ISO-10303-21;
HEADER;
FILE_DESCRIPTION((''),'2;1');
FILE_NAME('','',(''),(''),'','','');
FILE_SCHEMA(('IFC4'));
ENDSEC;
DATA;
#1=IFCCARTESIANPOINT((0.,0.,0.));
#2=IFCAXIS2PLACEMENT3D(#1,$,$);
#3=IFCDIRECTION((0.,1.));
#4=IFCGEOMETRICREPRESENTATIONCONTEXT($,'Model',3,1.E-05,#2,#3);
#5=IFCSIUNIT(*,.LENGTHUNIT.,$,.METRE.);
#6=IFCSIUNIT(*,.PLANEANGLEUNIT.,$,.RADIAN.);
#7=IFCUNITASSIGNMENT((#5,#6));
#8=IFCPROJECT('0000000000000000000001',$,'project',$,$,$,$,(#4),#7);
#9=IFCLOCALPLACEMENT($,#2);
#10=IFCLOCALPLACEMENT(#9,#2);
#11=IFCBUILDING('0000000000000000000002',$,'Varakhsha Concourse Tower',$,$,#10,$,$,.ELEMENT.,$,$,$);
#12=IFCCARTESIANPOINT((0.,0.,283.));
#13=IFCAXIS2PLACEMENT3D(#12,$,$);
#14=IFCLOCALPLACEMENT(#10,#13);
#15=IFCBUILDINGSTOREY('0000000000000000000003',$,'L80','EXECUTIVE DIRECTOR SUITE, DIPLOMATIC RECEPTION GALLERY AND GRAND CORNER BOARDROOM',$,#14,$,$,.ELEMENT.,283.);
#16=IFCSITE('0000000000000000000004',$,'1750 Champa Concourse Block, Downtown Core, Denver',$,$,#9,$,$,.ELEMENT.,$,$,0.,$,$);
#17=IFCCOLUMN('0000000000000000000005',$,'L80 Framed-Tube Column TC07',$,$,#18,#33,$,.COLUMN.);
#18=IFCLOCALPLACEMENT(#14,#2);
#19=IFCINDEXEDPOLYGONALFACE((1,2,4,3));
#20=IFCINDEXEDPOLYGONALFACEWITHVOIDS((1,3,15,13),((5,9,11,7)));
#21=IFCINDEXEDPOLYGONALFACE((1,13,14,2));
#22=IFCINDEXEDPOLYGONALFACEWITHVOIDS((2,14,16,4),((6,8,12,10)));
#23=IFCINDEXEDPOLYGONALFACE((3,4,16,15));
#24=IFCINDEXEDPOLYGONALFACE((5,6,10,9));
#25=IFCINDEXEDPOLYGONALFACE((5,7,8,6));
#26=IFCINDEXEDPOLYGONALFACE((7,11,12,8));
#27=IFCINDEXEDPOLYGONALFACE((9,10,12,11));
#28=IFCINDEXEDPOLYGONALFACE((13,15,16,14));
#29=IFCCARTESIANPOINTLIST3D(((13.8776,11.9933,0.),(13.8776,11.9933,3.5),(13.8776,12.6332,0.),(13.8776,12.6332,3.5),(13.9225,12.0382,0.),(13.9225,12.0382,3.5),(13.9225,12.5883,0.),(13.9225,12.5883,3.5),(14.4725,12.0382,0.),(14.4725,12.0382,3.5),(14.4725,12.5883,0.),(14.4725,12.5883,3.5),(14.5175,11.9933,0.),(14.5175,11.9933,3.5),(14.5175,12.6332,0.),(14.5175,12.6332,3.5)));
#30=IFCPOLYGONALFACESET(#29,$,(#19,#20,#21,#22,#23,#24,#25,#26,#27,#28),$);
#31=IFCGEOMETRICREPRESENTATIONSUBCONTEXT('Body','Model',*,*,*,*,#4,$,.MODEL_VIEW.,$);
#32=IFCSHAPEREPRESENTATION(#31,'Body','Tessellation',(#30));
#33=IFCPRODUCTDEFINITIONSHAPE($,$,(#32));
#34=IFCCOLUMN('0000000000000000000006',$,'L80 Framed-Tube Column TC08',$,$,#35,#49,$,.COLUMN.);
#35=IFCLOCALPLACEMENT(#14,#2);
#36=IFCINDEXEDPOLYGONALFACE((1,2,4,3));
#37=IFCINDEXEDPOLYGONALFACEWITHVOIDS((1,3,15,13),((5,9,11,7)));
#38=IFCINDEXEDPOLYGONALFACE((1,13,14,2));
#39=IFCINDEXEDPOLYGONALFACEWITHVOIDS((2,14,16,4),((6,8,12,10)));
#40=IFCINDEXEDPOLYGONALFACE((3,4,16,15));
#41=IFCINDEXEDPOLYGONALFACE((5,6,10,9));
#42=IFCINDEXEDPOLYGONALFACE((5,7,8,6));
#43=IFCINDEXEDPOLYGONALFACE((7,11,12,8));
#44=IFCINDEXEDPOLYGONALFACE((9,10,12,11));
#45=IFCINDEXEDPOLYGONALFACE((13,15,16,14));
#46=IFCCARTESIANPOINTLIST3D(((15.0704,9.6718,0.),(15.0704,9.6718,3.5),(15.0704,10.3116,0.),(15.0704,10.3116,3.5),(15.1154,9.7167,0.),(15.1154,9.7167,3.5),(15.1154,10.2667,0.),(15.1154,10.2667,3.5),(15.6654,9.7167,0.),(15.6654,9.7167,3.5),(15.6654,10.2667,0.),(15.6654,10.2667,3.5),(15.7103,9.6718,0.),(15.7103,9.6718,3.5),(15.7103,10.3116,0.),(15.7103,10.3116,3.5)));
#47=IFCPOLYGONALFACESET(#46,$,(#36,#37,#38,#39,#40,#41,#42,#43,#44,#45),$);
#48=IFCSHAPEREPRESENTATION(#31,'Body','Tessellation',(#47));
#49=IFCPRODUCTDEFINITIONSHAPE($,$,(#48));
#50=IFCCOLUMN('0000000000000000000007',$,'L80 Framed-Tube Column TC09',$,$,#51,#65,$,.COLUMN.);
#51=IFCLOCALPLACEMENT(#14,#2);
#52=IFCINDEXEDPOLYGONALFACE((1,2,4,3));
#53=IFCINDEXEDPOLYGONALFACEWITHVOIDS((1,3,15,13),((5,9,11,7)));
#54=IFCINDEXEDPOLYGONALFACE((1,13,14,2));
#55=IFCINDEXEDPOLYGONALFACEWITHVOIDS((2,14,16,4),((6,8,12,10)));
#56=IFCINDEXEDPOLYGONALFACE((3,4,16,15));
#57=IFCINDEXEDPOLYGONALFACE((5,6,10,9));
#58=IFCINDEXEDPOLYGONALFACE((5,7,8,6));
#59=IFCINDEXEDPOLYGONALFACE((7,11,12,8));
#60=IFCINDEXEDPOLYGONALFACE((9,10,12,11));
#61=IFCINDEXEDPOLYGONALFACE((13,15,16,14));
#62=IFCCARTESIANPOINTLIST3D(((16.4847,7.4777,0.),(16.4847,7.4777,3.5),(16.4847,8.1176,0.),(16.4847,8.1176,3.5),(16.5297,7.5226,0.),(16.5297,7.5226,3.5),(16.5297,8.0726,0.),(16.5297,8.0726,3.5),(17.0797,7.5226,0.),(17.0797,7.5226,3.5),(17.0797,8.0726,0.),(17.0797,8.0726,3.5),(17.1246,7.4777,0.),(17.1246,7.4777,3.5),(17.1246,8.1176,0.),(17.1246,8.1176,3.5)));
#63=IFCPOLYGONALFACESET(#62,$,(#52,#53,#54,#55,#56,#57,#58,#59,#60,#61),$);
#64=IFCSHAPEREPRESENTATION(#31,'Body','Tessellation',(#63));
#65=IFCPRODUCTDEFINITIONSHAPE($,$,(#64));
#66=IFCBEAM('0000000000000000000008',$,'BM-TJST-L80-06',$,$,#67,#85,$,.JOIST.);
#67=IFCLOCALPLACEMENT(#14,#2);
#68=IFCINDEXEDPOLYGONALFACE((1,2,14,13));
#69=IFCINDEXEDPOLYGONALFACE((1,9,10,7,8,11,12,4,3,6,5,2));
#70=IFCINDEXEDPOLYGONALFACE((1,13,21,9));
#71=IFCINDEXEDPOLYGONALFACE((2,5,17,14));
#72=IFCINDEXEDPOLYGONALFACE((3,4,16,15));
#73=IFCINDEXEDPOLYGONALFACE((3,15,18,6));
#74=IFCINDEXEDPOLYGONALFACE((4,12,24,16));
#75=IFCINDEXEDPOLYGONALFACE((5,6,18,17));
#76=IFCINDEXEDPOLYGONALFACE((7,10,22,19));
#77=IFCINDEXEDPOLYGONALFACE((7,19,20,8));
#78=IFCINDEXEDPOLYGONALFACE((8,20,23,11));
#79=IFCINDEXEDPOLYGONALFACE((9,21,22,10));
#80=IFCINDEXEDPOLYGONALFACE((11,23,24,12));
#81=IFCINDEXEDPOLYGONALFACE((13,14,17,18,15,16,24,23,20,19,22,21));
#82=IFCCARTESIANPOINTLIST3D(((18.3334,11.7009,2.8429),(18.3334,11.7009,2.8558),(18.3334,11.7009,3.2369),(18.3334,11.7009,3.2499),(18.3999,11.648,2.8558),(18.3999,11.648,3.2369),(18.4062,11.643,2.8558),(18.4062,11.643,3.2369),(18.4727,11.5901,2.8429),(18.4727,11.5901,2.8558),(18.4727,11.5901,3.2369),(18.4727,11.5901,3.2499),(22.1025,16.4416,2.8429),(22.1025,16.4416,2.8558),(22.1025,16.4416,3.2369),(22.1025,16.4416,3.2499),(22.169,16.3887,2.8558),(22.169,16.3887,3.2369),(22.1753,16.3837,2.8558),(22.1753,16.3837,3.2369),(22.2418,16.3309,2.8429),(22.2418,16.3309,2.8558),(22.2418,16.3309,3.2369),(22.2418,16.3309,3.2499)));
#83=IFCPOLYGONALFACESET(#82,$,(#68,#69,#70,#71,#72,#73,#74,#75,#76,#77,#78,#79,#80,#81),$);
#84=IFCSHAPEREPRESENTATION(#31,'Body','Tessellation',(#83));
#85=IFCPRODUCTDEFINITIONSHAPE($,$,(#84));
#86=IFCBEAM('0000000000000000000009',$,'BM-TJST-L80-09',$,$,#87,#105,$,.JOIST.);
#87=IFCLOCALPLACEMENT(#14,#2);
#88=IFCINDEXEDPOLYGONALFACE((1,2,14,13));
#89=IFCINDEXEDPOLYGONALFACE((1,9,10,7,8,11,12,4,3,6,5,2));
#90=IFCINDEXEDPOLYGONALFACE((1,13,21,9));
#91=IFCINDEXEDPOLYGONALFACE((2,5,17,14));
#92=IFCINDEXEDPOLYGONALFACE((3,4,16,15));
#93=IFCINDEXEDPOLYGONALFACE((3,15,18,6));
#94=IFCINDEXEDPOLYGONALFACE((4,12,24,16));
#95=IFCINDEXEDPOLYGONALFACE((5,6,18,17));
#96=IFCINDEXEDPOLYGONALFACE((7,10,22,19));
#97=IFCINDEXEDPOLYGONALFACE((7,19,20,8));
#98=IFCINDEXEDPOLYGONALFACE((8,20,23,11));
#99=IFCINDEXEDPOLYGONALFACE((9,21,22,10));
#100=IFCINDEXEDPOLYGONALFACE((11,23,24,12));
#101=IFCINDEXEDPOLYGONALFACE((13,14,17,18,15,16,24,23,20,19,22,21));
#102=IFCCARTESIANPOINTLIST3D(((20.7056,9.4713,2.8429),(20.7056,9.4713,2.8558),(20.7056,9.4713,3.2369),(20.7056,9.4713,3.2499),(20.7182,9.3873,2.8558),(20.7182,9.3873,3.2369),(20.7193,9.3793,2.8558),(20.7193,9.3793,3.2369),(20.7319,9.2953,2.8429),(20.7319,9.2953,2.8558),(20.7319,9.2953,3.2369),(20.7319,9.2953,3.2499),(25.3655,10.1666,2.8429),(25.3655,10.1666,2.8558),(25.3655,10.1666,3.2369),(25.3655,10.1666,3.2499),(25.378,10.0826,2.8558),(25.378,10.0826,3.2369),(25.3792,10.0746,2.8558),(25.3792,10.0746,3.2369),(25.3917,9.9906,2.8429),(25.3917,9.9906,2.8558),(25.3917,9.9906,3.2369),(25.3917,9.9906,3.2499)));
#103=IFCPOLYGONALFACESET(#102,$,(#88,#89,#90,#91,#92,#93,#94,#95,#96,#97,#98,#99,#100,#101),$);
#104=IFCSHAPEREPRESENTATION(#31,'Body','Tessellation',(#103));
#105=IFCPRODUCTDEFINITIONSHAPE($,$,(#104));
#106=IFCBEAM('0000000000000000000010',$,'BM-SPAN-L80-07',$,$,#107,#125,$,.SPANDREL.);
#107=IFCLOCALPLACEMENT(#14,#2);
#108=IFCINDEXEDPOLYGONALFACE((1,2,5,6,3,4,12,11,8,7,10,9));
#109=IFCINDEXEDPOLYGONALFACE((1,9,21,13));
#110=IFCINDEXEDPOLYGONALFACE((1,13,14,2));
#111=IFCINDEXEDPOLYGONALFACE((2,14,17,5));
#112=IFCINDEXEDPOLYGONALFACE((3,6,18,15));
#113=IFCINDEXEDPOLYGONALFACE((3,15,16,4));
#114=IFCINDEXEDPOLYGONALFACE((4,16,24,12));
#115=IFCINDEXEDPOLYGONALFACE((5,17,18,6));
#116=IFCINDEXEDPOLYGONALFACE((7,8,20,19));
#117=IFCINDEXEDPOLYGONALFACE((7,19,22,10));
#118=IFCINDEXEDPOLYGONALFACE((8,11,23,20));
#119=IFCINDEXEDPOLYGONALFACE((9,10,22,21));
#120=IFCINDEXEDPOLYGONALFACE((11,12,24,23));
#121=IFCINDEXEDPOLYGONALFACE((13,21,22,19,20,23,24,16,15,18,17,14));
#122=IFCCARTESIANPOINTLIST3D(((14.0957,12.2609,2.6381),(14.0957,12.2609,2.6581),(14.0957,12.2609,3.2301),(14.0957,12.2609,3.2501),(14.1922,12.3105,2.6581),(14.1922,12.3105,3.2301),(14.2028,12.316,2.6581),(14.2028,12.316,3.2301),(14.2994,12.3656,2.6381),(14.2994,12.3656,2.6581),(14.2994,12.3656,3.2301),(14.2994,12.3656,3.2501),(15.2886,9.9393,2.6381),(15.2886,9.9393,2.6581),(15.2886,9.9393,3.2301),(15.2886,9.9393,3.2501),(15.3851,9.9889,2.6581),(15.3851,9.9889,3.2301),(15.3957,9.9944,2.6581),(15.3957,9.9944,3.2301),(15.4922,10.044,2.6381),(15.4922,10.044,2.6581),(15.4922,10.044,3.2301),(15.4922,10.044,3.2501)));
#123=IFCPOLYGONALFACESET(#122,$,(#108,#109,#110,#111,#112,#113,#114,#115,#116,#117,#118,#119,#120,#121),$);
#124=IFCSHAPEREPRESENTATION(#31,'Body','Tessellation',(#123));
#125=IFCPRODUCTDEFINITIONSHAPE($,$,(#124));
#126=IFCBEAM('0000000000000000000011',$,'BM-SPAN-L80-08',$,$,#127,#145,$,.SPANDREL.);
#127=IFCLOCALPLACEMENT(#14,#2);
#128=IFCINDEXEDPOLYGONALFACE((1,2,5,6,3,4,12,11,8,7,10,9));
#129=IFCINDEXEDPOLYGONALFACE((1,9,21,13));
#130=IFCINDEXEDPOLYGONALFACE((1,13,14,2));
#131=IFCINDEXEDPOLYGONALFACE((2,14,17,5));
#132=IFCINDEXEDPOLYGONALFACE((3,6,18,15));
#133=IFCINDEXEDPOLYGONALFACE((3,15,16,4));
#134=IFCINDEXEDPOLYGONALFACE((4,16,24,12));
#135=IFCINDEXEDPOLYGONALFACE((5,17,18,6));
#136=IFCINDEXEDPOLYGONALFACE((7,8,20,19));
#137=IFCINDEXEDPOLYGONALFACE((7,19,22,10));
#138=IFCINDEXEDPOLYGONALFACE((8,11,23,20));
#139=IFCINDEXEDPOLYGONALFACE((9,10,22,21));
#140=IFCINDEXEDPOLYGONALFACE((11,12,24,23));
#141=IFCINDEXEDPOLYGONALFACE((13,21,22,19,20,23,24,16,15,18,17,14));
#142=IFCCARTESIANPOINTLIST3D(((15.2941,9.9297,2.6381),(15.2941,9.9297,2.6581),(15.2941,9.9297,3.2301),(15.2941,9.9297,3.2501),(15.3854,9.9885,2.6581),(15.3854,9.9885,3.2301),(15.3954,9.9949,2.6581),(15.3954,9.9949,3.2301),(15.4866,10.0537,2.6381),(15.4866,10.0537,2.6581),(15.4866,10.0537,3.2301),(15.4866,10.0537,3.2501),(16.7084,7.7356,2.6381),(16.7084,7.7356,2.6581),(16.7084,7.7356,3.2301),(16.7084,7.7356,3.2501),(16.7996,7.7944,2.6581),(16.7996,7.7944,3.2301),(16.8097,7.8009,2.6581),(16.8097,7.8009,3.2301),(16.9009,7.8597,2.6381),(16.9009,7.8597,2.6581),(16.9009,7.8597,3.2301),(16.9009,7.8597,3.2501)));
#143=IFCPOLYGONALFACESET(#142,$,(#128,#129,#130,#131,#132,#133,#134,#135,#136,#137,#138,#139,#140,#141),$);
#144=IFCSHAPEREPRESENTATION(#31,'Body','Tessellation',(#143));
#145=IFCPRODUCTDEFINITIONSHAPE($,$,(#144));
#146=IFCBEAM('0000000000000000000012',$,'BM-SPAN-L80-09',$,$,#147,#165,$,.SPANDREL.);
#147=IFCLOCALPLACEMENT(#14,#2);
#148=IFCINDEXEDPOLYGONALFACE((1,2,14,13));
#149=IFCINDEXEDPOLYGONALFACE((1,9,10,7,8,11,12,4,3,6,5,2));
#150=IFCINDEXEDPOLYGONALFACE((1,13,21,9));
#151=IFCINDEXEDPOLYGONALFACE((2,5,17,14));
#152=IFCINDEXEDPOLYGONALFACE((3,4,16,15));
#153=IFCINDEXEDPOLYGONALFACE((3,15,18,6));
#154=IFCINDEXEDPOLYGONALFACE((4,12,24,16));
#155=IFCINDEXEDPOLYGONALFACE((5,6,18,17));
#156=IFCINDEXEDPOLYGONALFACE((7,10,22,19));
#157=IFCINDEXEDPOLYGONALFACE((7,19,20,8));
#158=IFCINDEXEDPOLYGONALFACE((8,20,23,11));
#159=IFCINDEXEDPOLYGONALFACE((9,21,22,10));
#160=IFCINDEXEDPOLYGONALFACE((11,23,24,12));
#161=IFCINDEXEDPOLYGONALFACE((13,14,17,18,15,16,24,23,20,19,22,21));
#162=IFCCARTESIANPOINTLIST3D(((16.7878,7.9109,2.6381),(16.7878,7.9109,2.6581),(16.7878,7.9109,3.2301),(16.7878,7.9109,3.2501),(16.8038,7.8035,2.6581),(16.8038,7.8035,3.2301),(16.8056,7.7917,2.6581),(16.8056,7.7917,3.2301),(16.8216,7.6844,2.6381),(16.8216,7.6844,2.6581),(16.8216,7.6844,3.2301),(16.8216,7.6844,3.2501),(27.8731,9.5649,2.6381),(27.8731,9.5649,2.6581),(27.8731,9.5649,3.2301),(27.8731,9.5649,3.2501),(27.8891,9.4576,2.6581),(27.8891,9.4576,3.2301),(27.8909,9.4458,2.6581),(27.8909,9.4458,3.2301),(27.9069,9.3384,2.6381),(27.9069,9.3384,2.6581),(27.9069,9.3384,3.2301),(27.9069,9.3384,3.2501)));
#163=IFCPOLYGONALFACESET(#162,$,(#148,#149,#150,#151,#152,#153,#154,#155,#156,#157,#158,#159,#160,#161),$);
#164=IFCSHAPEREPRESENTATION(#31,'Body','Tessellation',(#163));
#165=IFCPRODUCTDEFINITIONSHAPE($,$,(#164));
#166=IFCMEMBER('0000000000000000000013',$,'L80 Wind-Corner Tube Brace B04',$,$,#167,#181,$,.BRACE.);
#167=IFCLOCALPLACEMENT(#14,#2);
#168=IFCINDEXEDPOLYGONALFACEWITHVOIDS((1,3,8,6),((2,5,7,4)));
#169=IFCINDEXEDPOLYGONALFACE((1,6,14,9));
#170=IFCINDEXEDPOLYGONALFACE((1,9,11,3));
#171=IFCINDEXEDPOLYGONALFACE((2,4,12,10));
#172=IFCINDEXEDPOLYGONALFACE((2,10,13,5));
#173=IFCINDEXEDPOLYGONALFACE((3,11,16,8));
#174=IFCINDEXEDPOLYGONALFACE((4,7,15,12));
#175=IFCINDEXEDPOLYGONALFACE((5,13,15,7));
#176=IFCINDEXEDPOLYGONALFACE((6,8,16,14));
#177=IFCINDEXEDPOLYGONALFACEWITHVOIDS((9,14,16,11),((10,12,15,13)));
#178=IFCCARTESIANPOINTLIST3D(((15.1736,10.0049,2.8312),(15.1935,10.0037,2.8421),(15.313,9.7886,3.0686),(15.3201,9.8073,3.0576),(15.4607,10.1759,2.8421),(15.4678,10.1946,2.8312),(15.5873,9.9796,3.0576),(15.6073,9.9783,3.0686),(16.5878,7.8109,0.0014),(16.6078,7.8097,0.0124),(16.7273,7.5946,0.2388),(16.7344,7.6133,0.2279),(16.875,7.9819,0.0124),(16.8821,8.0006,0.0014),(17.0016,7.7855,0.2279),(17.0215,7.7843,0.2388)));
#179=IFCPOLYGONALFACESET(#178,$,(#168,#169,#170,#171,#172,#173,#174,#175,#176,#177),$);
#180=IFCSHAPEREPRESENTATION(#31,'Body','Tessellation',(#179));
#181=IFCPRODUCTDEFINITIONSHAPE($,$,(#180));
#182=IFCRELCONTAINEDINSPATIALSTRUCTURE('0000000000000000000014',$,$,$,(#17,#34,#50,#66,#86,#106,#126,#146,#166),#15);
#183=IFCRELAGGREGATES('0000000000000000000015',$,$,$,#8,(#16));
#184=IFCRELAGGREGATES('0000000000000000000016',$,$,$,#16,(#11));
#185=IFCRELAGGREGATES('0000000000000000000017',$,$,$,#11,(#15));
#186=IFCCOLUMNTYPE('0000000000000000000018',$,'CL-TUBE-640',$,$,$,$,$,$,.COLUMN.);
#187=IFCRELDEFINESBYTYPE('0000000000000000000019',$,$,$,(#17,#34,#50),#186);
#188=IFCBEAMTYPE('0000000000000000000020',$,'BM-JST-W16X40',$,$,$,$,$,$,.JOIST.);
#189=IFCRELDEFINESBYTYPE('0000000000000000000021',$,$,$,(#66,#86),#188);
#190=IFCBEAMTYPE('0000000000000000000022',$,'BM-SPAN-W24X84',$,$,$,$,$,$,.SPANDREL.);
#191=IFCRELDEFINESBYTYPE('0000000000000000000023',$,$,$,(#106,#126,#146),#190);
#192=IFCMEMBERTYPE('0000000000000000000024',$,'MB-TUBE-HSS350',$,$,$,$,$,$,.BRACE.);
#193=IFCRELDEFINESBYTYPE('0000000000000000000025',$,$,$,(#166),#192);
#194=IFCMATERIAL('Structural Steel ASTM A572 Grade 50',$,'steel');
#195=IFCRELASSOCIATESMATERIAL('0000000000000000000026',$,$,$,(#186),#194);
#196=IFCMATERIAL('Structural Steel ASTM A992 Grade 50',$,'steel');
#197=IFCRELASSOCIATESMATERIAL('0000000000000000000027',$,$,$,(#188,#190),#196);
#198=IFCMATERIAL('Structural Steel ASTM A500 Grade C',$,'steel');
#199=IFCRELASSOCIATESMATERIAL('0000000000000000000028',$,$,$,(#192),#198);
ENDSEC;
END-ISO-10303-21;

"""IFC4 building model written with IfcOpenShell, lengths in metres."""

from ifc_helpers import new_model, si_unit, direction, frame, origin, origin_2d, place, context, subcontext, project, spatial, hollow_rectangle, i_section, extrude, source, transform, mapped, material, material_profile, profile_set, type_object, element, save


model = new_model("IFC4")

# Units and contexts
model_context = context("Model", 3, precision=1e-05, world=origin(), true_north=direction((0.0, 1.0)))
body_context = subcontext(model_context, "Body", "Model", "MODEL_VIEW")
ifc_project = project(units=[si_unit("LENGTHUNIT", "METRE"), si_unit("PLANEANGLEUNIT", "RADIAN")], contexts=[model_context])

# Site, building, storey
site_placement = place(None, origin())
site = spatial("IfcSite", under=ifc_project, at=site_placement, Name="1750 Champa Concourse Block, Downtown Core, Denver", CompositionType="ELEMENT", RefElevation=0.0)
building_placement = place(site_placement, origin())
building = spatial("IfcBuilding", under=site, at=building_placement, Name="Varakhsha Concourse Tower", CompositionType="ELEMENT")
storey_placement = place(building_placement, frame((0.0, 0.0, 283.0)))
storey = spatial("IfcBuildingStorey", under=building, at=storey_placement, Name="L80", Description="EXECUTIVE DIRECTOR SUITE, DIPLOMATIC RECEPTION GALLERY AND GRAND CORNER BOARDROOM", CompositionType="ELEMENT", Elevation=283.0)

# Columns
ifc_material_1 = material(Name="Structural Steel ASTM A572 Grade 50", Category="steel")
ifc_material_profile_1 = material_profile(ifc_material_1, hollow_rectangle(XDim=0.6399, YDim=0.6399, WallThickness=0.0449, at=origin_2d()), Name="BOX 640x640x45")
ifc_profile_set_1 = profile_set([ifc_material_profile_1], Name="Structural Steel ASTM A572 Grade 50")
column_type = type_object("IfcColumnType", Name="CL-TUBE-640", PredefinedType="COLUMN", material=ifc_profile_set_1)
for number, where, z_axis, x_axis, name in (
    (1, (14.1975, 12.3132, 0.0), (0.0, 0.0, 1.0), (1.0, 0.0, 0.0), "L80 Framed-Tube Column TC07"),
    (2, (15.3904, 9.9917, 0.0), (0.0, 0.0, 1.0), (1.0, 0.0, 0.0), "L80 Framed-Tube Column TC08"),
    (3, (16.8047, 7.7976, 0.0), (0.0, 0.0, 1.0), (1.0, 0.0, 0.0), "L80 Framed-Tube Column TC09"),
):
    element("IfcColumn", number, at=place(storey_placement, frame(where, z_axis=z_axis, x_axis=x_axis)), inside=storey, type_object=column_type, Name=name, PredefinedType="COLUMN", context=body_context, shape_type="SweptSolid", body=[
        extrude(hollow_rectangle(XDim=0.6399, YDim=0.6399, WallThickness=0.0449, at=origin_2d()), origin(), (0.0, 0.0, 1.0), 3.5),
    ])

# Beams
ifc_material_2 = material(Name="Structural Steel ASTM A992 Grade 50", Category="steel")
ifc_material_profile_2 = material_profile(ifc_material_2, i_section(OverallWidth=0.178, OverallDepth=0.407, WebThickness=0.0081, FlangeThickness=0.0129, at=origin_2d()), Name="W16X40")
ifc_profile_set_2 = profile_set([ifc_material_profile_2], Name="Structural Steel ASTM A992 Grade 50")
beam_type_1 = type_object("IfcBeamType", Name="BM-JST-W16X40", PredefinedType="JOIST", material=ifc_profile_set_2)
beam_1_placement = place(storey_placement, frame((22.1721, 16.3862, 3.0464), z_axis=(-0.622323, -0.782761, 0.0), x_axis=(0.782761, -0.622323, 0.0)))
element("IfcBeam", 4, at=beam_1_placement, inside=storey, type_object=beam_type_1, Name="BM-TJST-L80-06", PredefinedType="JOIST", context=body_context, shape_type="SweptSolid", body=[
    extrude(i_section(OverallWidth=0.178, OverallDepth=0.407, WebThickness=0.0081, FlangeThickness=0.0129, at=origin_2d()), origin(), (0.0, 0.0, 1.0), 6.0564),
])
beam_2_placement = place(storey_placement, frame((20.7188, 9.3833, 3.0464), z_axis=(0.98905, 0.147578, 0.0), x_axis=(-0.147578, 0.98905, 0.0)))
element("IfcBeam", 5, at=beam_2_placement, inside=storey, type_object=beam_type_1, Name="BM-TJST-L80-09", PredefinedType="JOIST", context=body_context, shape_type="SweptSolid", body=[
    extrude(i_section(OverallWidth=0.178, OverallDepth=0.407, WebThickness=0.0081, FlangeThickness=0.0129, at=origin_2d()), origin(), (0.0, 0.0, 1.0), 4.7114),
])
ifc_material_profile_3 = material_profile(ifc_material_2, i_section(OverallWidth=0.229, OverallDepth=0.6121, WebThickness=0.012, FlangeThickness=0.02, at=origin_2d()), Name="W24X84")
ifc_profile_set_3 = profile_set([ifc_material_profile_3], Name="Structural Steel ASTM A992 Grade 50")
beam_type_2 = type_object("IfcBeamType", Name="BM-SPAN-W24X84", PredefinedType="SPANDREL", material=ifc_profile_set_3)
beam_3_placement = place(storey_placement, frame((14.1975, 12.3132, 2.9441), z_axis=(0.457027, -0.889453, 0.0), x_axis=(0.889453, 0.457027, 0.0)))
element("IfcBeam", 6, at=beam_3_placement, inside=storey, type_object=beam_type_2, Name="BM-SPAN-L80-07", PredefinedType="SPANDREL", context=body_context, shape_type="SweptSolid", body=[
    extrude(i_section(OverallWidth=0.229, OverallDepth=0.6121, WebThickness=0.012, FlangeThickness=0.02, at=origin_2d()), origin(), (0.0, 0.0, 1.0), 2.6101),
])
beam_4_placement = place(storey_placement, frame((15.3904, 9.9917, 2.9441), z_axis=(0.541792, -0.840512, 0.0), x_axis=(0.840512, 0.541792, 0.0)))
element("IfcBeam", 7, at=beam_4_placement, inside=storey, type_object=beam_type_2, Name="BM-SPAN-L80-08", PredefinedType="SPANDREL", context=body_context, shape_type="SweptSolid", body=[
    extrude(i_section(OverallWidth=0.229, OverallDepth=0.6121, WebThickness=0.012, FlangeThickness=0.02, at=origin_2d()), origin(), (0.0, 0.0, 1.0), 2.6104),
])
beam_5_placement = place(storey_placement, frame((16.8047, 7.7976, 2.9441), z_axis=(0.98905, 0.147579, 0.0), x_axis=(-0.147579, 0.98905, 0.0)))
element("IfcBeam", 8, at=beam_5_placement, inside=storey, type_object=beam_type_2, Name="BM-SPAN-L80-09", PredefinedType="SPANDREL", context=body_context, shape_type="SweptSolid", body=[
    extrude(i_section(OverallWidth=0.229, OverallDepth=0.6121, WebThickness=0.012, FlangeThickness=0.02, at=origin_2d()), origin(), (0.0, 0.0, 1.0), 11.208),
])

# Member
ifc_material_3 = material(Name="Structural Steel ASTM A500 Grade C", Category="steel")
ifc_material_profile_4 = material_profile(ifc_material_3, hollow_rectangle(XDim=0.3501, YDim=0.3501, WallThickness=0.0161, at=origin_2d()), Name="HSS 350x350x16")
ifc_profile_set_4 = profile_set([ifc_material_profile_4], Name="Structural Steel ASTM A500 Grade C")
member_type_1 = type_object("IfcMemberType", Name="MB-TUBE-HSS350", PredefinedType="BRACE", material=ifc_profile_set_4)
shared_shape_1 = source(origin(), body_context, "Body", "SweptSolid", [
    extrude(hollow_rectangle(XDim=0.3501, YDim=0.3501, WallThickness=0.0161, at=origin_2d()), origin(), (0.0, 0.0, 1.0), 3.8499),
])
member_1_placement = place(storey_placement, frame((16.8047, 7.7976, 0.1201), z_axis=(-0.367355, 0.569899, 0.735028), x_axis=(-0.840512, -0.541792, 0.0)))
element("IfcMember", 9, at=member_1_placement, inside=storey, type_object=member_type_1, Name="L80 Wind-Corner Tube Brace B04", PredefinedType="BRACE", context=body_context, shape_type="MappedRepresentation", body=[
    mapped(shared_shape_1, transform((0.0, 0.0, 0.0), scale=1.0)),
])

save(model, "model.ifc")
